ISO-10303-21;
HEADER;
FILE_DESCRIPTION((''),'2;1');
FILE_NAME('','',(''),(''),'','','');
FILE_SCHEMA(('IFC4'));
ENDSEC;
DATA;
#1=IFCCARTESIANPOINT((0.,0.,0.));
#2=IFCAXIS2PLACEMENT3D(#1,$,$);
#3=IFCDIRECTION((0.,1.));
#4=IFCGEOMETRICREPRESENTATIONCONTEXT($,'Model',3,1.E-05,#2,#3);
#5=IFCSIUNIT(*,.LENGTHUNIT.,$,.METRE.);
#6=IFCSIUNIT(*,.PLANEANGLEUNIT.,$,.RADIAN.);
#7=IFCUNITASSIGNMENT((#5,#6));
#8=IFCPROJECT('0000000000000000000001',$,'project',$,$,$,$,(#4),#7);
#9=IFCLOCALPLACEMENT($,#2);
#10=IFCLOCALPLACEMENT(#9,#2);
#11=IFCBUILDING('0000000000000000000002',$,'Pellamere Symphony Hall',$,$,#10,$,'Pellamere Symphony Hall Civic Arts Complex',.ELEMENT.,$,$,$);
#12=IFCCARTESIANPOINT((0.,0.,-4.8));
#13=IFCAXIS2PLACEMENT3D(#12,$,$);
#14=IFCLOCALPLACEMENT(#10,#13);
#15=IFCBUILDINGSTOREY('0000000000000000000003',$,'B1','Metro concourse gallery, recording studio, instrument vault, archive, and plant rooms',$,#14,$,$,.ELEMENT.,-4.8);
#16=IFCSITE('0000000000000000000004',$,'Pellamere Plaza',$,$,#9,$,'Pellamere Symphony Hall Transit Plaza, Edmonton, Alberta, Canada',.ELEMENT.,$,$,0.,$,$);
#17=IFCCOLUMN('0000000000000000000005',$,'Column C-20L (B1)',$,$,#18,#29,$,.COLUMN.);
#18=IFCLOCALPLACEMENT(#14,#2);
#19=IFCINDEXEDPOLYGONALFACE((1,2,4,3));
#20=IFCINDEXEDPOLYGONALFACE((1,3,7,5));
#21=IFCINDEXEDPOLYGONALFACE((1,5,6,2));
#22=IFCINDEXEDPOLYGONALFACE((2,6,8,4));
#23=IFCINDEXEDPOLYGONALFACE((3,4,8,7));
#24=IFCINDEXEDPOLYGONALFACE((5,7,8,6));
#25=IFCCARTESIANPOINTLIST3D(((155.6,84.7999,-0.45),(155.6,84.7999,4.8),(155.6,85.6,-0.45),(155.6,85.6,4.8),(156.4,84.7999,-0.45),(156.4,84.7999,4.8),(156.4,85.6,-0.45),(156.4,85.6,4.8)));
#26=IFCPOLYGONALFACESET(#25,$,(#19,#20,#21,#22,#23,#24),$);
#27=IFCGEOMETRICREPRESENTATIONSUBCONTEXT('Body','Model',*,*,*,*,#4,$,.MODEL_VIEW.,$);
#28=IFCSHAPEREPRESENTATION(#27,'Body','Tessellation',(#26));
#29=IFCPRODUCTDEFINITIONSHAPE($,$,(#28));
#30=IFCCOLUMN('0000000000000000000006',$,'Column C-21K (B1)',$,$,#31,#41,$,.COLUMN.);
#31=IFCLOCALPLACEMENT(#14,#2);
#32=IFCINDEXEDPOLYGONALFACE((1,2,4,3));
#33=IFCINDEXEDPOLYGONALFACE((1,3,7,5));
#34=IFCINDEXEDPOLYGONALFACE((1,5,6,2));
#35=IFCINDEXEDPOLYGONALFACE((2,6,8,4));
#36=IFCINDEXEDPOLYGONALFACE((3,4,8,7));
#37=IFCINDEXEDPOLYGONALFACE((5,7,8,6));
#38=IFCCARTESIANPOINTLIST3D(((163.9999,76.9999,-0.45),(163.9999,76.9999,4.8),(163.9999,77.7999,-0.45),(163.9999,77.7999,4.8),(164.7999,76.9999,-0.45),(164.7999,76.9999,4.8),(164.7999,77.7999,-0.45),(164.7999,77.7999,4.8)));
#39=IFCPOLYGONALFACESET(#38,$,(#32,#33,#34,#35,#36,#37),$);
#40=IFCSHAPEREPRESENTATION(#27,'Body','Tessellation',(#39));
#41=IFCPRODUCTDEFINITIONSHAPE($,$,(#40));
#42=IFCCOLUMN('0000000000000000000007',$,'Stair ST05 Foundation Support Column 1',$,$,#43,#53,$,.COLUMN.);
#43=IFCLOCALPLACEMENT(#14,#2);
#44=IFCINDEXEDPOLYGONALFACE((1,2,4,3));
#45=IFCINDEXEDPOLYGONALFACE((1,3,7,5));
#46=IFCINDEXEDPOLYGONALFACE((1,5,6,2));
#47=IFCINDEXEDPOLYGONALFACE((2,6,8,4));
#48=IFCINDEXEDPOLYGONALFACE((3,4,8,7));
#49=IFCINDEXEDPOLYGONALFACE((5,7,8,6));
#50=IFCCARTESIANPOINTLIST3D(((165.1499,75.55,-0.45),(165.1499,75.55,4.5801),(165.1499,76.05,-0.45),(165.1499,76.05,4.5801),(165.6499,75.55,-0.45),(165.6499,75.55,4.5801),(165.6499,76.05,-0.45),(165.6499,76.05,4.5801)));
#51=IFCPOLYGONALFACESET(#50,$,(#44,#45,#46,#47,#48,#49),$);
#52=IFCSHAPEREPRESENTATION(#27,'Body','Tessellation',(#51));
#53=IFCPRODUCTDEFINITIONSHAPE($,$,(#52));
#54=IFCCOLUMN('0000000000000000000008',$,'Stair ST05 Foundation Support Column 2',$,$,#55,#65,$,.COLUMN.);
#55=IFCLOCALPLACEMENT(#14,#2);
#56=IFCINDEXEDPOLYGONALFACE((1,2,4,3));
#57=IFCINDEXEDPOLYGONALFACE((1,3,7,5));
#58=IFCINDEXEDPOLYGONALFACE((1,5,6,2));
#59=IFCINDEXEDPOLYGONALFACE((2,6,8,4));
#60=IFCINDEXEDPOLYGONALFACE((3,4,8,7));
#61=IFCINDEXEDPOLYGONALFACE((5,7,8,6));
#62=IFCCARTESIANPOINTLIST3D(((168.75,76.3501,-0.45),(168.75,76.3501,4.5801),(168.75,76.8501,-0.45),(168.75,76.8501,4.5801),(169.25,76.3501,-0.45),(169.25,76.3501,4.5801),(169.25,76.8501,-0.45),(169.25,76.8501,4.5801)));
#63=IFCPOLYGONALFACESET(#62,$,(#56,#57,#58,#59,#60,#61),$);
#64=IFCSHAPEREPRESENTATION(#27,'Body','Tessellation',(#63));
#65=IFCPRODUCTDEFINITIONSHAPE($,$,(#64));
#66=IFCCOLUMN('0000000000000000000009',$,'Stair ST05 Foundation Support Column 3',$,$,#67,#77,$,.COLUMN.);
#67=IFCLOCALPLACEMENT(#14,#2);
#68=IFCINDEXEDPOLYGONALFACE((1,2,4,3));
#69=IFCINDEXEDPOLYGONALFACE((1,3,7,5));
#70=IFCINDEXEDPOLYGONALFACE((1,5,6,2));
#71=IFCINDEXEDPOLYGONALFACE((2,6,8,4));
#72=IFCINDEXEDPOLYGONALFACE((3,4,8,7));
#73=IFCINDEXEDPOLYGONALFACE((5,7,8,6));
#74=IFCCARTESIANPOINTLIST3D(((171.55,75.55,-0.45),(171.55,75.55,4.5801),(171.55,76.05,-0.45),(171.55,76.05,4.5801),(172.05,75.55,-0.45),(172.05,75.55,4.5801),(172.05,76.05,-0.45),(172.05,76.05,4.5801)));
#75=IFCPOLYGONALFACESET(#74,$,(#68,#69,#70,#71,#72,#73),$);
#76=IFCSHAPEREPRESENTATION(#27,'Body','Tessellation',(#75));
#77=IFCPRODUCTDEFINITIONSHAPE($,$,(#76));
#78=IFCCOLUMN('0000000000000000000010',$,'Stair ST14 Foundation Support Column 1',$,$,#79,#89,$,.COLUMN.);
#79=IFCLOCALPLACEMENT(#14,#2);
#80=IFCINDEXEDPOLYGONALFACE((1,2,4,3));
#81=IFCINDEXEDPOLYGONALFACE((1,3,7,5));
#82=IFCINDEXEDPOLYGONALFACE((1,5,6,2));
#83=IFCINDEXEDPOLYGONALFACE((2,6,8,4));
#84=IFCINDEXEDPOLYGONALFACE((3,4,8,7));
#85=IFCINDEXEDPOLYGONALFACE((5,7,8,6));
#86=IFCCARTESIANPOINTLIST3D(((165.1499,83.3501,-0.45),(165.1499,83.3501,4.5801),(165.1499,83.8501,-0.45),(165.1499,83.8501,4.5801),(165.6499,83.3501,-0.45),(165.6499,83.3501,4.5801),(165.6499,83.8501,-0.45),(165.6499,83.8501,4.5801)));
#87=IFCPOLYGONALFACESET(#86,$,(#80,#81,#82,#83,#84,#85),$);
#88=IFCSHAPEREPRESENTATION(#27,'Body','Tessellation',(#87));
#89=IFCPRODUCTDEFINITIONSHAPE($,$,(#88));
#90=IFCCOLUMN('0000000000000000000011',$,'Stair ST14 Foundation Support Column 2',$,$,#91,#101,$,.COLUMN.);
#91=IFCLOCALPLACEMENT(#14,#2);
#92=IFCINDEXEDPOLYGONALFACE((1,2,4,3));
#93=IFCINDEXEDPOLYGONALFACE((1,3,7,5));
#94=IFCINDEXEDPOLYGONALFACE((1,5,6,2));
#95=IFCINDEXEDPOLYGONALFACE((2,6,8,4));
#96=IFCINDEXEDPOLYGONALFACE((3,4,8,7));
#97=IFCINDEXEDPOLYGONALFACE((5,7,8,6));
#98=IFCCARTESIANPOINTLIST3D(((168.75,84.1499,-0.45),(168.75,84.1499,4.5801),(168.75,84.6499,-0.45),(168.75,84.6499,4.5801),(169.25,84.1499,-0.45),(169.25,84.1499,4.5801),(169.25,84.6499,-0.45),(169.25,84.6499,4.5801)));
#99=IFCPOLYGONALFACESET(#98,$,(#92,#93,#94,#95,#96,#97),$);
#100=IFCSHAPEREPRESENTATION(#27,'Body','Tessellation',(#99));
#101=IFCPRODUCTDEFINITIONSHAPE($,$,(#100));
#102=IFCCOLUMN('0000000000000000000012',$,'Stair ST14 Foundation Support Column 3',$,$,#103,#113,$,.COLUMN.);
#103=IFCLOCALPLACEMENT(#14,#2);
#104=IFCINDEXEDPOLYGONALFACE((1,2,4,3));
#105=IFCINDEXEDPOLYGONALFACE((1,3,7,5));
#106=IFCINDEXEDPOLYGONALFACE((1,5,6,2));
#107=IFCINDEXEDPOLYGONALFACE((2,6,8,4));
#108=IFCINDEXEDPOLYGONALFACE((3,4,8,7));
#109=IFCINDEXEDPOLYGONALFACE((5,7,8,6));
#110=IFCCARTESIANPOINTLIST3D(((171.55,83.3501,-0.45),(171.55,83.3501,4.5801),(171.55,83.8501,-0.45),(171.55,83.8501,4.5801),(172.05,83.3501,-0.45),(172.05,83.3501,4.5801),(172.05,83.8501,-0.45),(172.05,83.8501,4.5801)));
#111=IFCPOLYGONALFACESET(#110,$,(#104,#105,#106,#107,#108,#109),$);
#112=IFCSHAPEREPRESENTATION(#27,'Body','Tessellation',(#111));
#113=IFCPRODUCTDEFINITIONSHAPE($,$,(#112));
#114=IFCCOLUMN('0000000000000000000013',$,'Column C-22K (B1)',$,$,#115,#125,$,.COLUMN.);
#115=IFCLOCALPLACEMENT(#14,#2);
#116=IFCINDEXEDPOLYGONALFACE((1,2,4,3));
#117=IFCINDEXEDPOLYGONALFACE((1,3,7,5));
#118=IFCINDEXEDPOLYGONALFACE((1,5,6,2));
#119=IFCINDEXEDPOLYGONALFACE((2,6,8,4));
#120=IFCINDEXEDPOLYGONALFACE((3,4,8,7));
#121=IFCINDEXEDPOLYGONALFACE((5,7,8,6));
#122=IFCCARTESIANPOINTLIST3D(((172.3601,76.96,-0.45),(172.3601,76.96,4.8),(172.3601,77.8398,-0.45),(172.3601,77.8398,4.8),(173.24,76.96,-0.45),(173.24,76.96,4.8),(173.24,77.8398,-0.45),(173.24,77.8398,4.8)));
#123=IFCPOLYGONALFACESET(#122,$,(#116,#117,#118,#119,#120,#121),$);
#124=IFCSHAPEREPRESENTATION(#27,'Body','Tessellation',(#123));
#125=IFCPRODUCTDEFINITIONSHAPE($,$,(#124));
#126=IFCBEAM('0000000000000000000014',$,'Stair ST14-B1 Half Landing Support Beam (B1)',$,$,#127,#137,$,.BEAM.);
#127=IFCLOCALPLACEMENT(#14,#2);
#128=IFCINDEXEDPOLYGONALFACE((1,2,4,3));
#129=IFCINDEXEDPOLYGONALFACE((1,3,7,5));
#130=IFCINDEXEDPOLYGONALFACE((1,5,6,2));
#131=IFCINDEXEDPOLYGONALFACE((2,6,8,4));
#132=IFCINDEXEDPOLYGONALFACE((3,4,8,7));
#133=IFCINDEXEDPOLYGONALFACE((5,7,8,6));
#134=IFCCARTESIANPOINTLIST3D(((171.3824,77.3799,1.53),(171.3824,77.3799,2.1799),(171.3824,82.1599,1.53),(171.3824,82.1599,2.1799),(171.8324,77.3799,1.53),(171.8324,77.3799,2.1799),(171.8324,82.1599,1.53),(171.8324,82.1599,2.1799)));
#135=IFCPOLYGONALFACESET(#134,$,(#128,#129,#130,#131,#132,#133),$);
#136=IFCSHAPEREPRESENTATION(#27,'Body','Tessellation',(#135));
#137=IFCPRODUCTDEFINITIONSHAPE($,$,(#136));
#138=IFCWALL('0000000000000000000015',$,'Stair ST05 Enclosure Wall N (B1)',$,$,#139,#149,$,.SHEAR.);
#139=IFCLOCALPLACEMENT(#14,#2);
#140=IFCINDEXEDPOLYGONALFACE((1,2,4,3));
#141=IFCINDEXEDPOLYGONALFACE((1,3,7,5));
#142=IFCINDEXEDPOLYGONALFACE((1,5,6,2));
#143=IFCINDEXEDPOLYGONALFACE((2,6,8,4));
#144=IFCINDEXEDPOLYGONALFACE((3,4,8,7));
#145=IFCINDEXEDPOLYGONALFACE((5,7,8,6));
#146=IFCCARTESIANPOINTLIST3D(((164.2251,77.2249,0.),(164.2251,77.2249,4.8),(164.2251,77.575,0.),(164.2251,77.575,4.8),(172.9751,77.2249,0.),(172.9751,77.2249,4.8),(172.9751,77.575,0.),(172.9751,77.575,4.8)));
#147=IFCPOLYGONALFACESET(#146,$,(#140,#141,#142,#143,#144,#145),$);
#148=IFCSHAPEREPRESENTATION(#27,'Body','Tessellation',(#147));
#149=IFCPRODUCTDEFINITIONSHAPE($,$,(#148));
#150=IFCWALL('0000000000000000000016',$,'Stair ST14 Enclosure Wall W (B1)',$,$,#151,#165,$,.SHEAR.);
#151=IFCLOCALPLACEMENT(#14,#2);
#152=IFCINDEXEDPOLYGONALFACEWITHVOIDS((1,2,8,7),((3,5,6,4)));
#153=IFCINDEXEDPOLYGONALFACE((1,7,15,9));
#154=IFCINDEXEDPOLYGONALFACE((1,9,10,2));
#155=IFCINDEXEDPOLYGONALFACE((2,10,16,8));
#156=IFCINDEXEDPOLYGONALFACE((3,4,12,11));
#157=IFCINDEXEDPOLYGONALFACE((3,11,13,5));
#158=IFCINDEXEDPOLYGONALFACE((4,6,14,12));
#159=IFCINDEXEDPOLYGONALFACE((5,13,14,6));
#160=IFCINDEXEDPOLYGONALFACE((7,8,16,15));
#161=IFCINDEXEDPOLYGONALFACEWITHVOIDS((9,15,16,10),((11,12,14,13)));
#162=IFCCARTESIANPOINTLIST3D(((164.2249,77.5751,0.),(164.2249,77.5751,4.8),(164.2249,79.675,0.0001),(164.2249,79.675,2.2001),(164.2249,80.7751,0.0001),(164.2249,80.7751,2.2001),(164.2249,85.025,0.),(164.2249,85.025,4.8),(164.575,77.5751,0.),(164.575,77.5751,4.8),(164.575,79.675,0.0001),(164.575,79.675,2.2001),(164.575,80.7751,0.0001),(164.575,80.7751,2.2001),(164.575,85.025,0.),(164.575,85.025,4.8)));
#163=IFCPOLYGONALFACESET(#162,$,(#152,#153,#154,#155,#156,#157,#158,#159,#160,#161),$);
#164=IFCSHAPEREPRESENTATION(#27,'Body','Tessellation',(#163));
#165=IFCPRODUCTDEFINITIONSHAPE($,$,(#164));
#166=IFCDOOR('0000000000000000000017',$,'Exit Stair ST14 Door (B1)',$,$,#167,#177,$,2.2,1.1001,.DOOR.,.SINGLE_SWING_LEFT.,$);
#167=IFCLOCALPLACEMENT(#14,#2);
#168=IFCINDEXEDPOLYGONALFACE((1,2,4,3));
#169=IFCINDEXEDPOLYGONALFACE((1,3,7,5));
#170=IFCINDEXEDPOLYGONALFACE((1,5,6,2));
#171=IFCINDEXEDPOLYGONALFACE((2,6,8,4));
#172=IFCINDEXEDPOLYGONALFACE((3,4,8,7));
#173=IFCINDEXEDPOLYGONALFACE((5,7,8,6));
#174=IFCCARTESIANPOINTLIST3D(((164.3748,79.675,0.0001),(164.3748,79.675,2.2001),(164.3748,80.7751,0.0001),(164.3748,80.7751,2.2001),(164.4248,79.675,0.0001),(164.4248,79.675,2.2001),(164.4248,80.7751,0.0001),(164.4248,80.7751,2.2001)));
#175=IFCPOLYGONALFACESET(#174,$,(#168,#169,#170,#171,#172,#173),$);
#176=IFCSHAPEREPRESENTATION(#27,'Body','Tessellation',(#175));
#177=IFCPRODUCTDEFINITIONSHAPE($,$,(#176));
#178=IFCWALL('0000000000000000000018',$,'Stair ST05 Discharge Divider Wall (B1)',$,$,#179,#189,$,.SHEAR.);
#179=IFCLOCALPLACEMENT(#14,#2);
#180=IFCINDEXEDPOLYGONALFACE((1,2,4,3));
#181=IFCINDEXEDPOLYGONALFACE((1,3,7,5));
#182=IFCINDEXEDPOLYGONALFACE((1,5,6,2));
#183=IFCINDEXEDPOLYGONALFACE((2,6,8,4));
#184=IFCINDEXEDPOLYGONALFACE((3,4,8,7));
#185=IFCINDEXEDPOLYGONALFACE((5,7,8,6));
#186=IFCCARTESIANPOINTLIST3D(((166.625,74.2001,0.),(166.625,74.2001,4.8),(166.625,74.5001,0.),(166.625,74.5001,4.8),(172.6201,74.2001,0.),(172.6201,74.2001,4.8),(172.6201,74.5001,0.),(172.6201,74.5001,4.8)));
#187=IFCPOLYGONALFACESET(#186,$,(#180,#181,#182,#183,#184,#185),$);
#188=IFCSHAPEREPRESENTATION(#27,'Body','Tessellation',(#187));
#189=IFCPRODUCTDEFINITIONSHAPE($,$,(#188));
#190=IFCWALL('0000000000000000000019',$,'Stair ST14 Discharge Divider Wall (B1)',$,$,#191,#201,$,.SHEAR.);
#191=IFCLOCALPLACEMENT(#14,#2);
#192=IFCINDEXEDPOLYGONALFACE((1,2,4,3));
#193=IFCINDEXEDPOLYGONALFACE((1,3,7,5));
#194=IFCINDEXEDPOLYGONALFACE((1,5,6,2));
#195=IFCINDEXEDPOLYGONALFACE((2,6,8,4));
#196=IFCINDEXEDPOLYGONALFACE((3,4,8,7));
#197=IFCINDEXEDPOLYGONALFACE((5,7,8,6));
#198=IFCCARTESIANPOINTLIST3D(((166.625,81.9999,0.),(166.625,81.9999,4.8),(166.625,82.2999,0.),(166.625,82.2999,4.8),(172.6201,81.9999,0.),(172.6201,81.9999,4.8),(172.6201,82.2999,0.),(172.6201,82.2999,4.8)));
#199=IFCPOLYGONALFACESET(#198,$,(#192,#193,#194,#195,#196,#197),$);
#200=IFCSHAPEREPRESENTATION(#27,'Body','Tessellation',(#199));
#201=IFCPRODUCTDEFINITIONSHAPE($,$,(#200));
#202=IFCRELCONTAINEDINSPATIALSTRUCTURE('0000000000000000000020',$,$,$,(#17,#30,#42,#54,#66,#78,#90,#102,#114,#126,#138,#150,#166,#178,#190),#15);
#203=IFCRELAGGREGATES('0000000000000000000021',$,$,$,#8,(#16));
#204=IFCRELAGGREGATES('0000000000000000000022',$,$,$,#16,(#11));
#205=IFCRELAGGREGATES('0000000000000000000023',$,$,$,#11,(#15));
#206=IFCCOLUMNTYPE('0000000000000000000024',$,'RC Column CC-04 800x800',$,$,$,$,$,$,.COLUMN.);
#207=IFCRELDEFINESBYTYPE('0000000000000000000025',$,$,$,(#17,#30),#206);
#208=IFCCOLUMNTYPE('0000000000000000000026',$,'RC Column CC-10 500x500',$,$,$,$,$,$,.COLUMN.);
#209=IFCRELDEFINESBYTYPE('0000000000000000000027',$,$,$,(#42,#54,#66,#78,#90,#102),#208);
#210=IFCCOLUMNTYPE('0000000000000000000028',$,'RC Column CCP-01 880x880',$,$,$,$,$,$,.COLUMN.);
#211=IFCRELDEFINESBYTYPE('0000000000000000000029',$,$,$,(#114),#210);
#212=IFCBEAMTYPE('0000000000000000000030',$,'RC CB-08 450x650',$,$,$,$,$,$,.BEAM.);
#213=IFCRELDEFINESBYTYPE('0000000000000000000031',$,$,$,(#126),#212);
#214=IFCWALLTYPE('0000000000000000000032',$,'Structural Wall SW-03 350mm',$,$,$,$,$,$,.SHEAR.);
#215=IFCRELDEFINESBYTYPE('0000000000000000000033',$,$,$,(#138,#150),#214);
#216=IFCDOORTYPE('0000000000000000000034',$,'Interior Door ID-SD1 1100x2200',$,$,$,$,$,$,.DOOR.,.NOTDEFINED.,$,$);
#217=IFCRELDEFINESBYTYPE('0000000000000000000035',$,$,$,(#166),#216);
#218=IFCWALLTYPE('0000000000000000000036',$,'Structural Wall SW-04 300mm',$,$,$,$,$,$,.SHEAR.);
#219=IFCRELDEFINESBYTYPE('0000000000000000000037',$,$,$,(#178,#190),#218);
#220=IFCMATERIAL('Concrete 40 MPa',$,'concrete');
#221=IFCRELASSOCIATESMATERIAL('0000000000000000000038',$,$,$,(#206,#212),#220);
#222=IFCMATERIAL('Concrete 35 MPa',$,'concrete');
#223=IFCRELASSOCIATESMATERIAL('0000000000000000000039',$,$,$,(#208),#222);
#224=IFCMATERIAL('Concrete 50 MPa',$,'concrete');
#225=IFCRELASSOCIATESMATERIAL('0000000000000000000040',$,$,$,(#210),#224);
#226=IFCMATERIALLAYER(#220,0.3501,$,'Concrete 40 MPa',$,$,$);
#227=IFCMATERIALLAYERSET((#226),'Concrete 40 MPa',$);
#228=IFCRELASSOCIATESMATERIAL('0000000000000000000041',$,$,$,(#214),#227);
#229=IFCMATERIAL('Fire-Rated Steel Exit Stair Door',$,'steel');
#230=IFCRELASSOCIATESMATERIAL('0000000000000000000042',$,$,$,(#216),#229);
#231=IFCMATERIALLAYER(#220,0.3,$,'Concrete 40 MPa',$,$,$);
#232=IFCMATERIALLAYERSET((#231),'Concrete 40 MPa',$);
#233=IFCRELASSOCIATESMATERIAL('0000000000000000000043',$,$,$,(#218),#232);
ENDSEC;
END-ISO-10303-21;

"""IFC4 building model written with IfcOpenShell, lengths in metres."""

from ifc_helpers import new_model, si_unit, direction, frame, frame_2d, origin, origin_2d, place, context, subcontext, project, spatial, rectangle, extrude, material, layer, layer_set, material_profile, profile_set, type_object, element, fill, save


model = new_model("IFC4")

# Units and contexts
model_context = context("Model", 3, precision=1e-05, world=origin(), true_north=direction((0.0, 1.0)))
body_context = subcontext(model_context, "Body", "Model", "MODEL_VIEW")
ifc_project = project(units=[si_unit("LENGTHUNIT", "METRE"), si_unit("PLANEANGLEUNIT", "RADIAN")], contexts=[model_context])

# Site, building, storey
site_placement = place(None, origin())
site = spatial("IfcSite", under=ifc_project, at=site_placement, Name="Pellamere Plaza", LongName="Pellamere Symphony Hall Transit Plaza, Edmonton, Alberta, Canada", CompositionType="ELEMENT", RefElevation=0.0)
building_placement = place(site_placement, origin())
building = spatial("IfcBuilding", under=site, at=building_placement, Name="Pellamere Symphony Hall", LongName="Pellamere Symphony Hall Civic Arts Complex", CompositionType="ELEMENT")
storey_placement = place(building_placement, frame((0.0, 0.0, -4.8)))
storey = spatial("IfcBuildingStorey", under=building, at=storey_placement, Name="B1", Description="Metro concourse gallery, recording studio, instrument vault, archive, and plant rooms", CompositionType="ELEMENT", Elevation=-4.8)

# Shared definitions
ifc_material_1 = material(Name="Concrete 35 MPa", Category="concrete")
ifc_material_2 = material(Name="Concrete 40 MPa", Category="concrete")

# Columns
ifc_material_profile_1 = material_profile(ifc_material_2, rectangle(XDim=0.8, YDim=0.8, at=origin_2d()), Name="RC 800x800")
ifc_profile_set_1 = profile_set([ifc_material_profile_1], Name="Concrete 40 MPa")
column_type_1 = type_object("IfcColumnType", Name="RC Column CC-04 800x800", PredefinedType="COLUMN", material=ifc_profile_set_1)
for number, where, z_axis, x_axis, name in (
    (1, (156.0, 85.2, -0.45), (0.0, 0.0, 1.0), (1.0, 0.0, 0.0), "Column C-20L (B1)"),
    (2, (164.3999, 77.3999, -0.45), (0.0, 0.0, 1.0), (1.0, 0.0, 0.0), "Column C-21K (B1)"),
):
    element("IfcColumn", number, at=place(storey_placement, frame(where, z_axis=z_axis, x_axis=x_axis)), inside=storey, type_object=column_type_1, Name=name, PredefinedType="COLUMN", context=body_context, shape_type="SweptSolid", body=[
        extrude(rectangle(XDim=0.8, YDim=0.8, at=origin_2d()), origin(), (0.0, 0.0, 1.0), 5.25),
    ])
ifc_material_profile_2 = material_profile(ifc_material_1, rectangle(XDim=0.5, YDim=0.5, at=origin_2d()), Name="RC 500x500")
ifc_profile_set_2 = profile_set([ifc_material_profile_2], Name="Concrete 35 MPa")
column_type_2 = type_object("IfcColumnType", Name="RC Column CC-10 500x500", PredefinedType="COLUMN", material=ifc_profile_set_2)
for number, where, z_axis, x_axis, name in (
    (3, (165.3999, 75.8, -0.45), (0.0, 0.0, 1.0), (1.0, 0.0, 0.0), "Stair ST05 Foundation Support Column 1"),
    (4, (169.0, 76.6001, -0.45), (0.0, 0.0, 1.0), (1.0, 0.0, 0.0), "Stair ST05 Foundation Support Column 2"),
    (5, (171.8, 75.8, -0.45), (0.0, 0.0, 1.0), (1.0, 0.0, 0.0), "Stair ST05 Foundation Support Column 3"),
    (6, (165.3999, 83.6001, -0.45), (0.0, 0.0, 1.0), (1.0, 0.0, 0.0), "Stair ST14 Foundation Support Column 1"),
    (7, (169.0, 84.3999, -0.45), (0.0, 0.0, 1.0), (1.0, 0.0, 0.0), "Stair ST14 Foundation Support Column 2"),
    (8, (171.8, 83.6001, -0.45), (0.0, 0.0, 1.0), (1.0, 0.0, 0.0), "Stair ST14 Foundation Support Column 3"),
):
    element("IfcColumn", number, at=place(storey_placement, frame(where, z_axis=z_axis, x_axis=x_axis)), inside=storey, type_object=column_type_2, Name=name, PredefinedType="COLUMN", context=body_context, shape_type="SweptSolid", body=[
        extrude(rectangle(XDim=0.5, YDim=0.5, at=origin_2d()), origin(), (0.0, 0.0, 1.0), 5.03),
    ])
ifc_material_3 = material(Name="Concrete 50 MPa", Category="concrete")
ifc_material_profile_3 = material_profile(ifc_material_3, rectangle(XDim=0.8799, YDim=0.8799, at=origin_2d()), Name="RC 880x880")
ifc_profile_set_3 = profile_set([ifc_material_profile_3], Name="Concrete 50 MPa")
column_type_3 = type_object("IfcColumnType", Name="RC Column CCP-01 880x880", PredefinedType="COLUMN", material=ifc_profile_set_3)
column_placement = place(storey_placement, frame((172.8, 77.3999, -0.45), z_axis=(0.0, 0.0, 1.0), x_axis=(1.0, 0.0, 0.0)))
element("IfcColumn", 9, at=column_placement, inside=storey, type_object=column_type_3, Name="Column C-22K (B1)", PredefinedType="COLUMN", context=body_context, shape_type="SweptSolid", body=[
    extrude(rectangle(XDim=0.8799, YDim=0.8799, at=origin_2d()), origin(), (0.0, 0.0, 1.0), 5.25),
])

# Beam
ifc_material_profile_4 = material_profile(ifc_material_2, rectangle(XDim=0.45, YDim=0.6499, at=origin_2d()), Name="RC 450x650")
ifc_profile_set_4 = profile_set([ifc_material_profile_4], Name="Concrete 40 MPa")
beam_type = type_object("IfcBeamType", Name="RC CB-08 450x650", PredefinedType="BEAM", material=ifc_profile_set_4)
beam_placement = place(storey_placement, frame((171.6074, 77.3799, 1.855), z_axis=(0.0, 1.0, 0.0), x_axis=(-1.0, 0.0, 0.0)))
element("IfcBeam", 10, at=beam_placement, inside=storey, type_object=beam_type, Name="Stair ST14-B1 Half Landing Support Beam (B1)", PredefinedType="BEAM", context=body_context, shape_type="SweptSolid", body=[
    extrude(rectangle(XDim=0.45, YDim=0.6499, at=origin_2d()), origin(), (0.0, 0.0, 1.0), 4.78),
])

# Wall
ifc_layer_1 = layer(ifc_material_2, 0.3501, Name="Concrete 40 MPa")
ifc_layer_set_1 = layer_set([ifc_layer_1], Name="Concrete 40 MPa")
wall_type_1 = type_object("IfcWallType", Name="Structural Wall SW-03 350mm", PredefinedType="SHEAR", material=ifc_layer_set_1)
wall_1_placement = place(storey_placement, frame((164.2251, 77.3999, 0.0), z_axis=(0.0, 0.0, 1.0), x_axis=(1.0, 0.0, 0.0)))
element("IfcWall", 11, at=wall_1_placement, inside=storey, type_object=wall_type_1, Name="Stair ST05 Enclosure Wall N (B1)", PredefinedType="SHEAR", context=body_context, shape_type="SweptSolid", body=[
    extrude(rectangle(XDim=8.75, YDim=0.3501, at=frame_2d((4.375, 0.0))), origin(), (0.0, 0.0, 1.0), 4.8),
])

# Wall, opening, door
wall_2_placement = place(storey_placement, frame((164.3999, 77.575, 0.0), z_axis=(0.0, 0.0, 1.0), x_axis=(0.0, 1.0, 0.0)))
wall_2 = element("IfcWall", 12, at=wall_2_placement, inside=storey, type_object=wall_type_1, Name="Stair ST14 Enclosure Wall W (B1)", PredefinedType="SHEAR", context=body_context, shape_type="SweptSolid", body=[
    extrude(rectangle(XDim=7.45, YDim=0.3501, at=frame_2d((3.7251, 0.0))), origin(), (0.0, 0.0, 1.0), 4.8),
])
opening_placement = place(wall_2_placement, frame((2.1001, 0.0, 0.0)))
opening = element("IfcOpeningElement", 13, at=opening_placement, cuts=wall_2, PredefinedType="OPENING", context=body_context, shape_type="SweptSolid", body=[
    extrude(rectangle(XDim=1.1001, YDim=2.2, at=frame_2d((0.55, 1.1001))), frame((0.0, 0.1851, 0.0), z_axis=(0.0, -1.0, 0.0), x_axis=(1.0, 0.0, 0.0)), (0.0, 0.0, 1.0), 0.3701),
])
ifc_material_4 = material(Name="Fire-Rated Steel Exit Stair Door", Category="steel")
door_type = type_object("IfcDoorType", Name="Interior Door ID-SD1 1100x2200", OperationType="NOTDEFINED", PredefinedType="DOOR", material=ifc_material_4)
door_placement = place(opening_placement, frame((1.1001, 0.0, 0.0), z_axis=(0.0, 0.0, 1.0), x_axis=(-1.0, 0.0, 0.0)))
door = element("IfcDoor", 14, at=door_placement, inside=storey, type_object=door_type, Name="Exit Stair ST14 Door (B1)", OperationType="SINGLE_SWING_LEFT", OverallHeight=2.2, OverallWidth=1.1001, PredefinedType="DOOR", context=body_context, shape_type="SweptSolid", body=[
    extrude(rectangle(XDim=1.1001, YDim=2.2, at=frame_2d((0.55, 1.1001))), frame((0.0, 0.0249, 0.0), z_axis=(0.0, -1.0, 0.0), x_axis=(1.0, 0.0, 0.0)), (0.0, 0.0, 1.0), 0.05),
])
fill(opening, door)

# Walls
ifc_layer_2 = layer(ifc_material_2, 0.3, Name="Concrete 40 MPa")
ifc_layer_set_2 = layer_set([ifc_layer_2], Name="Concrete 40 MPa")
wall_type_2 = type_object("IfcWallType", Name="Structural Wall SW-04 300mm", PredefinedType="SHEAR", material=ifc_layer_set_2)
for number, where, z_axis, x_axis, name in (
    (15, (166.625, 74.3501, 0.0), (0.0, 0.0, 1.0), (1.0, 0.0, 0.0), "Stair ST05 Discharge Divider Wall (B1)"),
    (16, (166.625, 82.1499, 0.0), (0.0, 0.0, 1.0), (1.0, 0.0, 0.0), "Stair ST14 Discharge Divider Wall (B1)"),
):
    element("IfcWall", number, at=place(storey_placement, frame(where, z_axis=z_axis, x_axis=x_axis)), inside=storey, type_object=wall_type_2, Name=name, PredefinedType="SHEAR", context=body_context, shape_type="SweptSolid", body=[
        extrude(rectangle(XDim=5.9951, YDim=0.3, at=frame_2d((2.9976, 0.0))), origin(), (0.0, 0.0, 1.0), 4.8),
    ])

save(model, "model.ifc")
